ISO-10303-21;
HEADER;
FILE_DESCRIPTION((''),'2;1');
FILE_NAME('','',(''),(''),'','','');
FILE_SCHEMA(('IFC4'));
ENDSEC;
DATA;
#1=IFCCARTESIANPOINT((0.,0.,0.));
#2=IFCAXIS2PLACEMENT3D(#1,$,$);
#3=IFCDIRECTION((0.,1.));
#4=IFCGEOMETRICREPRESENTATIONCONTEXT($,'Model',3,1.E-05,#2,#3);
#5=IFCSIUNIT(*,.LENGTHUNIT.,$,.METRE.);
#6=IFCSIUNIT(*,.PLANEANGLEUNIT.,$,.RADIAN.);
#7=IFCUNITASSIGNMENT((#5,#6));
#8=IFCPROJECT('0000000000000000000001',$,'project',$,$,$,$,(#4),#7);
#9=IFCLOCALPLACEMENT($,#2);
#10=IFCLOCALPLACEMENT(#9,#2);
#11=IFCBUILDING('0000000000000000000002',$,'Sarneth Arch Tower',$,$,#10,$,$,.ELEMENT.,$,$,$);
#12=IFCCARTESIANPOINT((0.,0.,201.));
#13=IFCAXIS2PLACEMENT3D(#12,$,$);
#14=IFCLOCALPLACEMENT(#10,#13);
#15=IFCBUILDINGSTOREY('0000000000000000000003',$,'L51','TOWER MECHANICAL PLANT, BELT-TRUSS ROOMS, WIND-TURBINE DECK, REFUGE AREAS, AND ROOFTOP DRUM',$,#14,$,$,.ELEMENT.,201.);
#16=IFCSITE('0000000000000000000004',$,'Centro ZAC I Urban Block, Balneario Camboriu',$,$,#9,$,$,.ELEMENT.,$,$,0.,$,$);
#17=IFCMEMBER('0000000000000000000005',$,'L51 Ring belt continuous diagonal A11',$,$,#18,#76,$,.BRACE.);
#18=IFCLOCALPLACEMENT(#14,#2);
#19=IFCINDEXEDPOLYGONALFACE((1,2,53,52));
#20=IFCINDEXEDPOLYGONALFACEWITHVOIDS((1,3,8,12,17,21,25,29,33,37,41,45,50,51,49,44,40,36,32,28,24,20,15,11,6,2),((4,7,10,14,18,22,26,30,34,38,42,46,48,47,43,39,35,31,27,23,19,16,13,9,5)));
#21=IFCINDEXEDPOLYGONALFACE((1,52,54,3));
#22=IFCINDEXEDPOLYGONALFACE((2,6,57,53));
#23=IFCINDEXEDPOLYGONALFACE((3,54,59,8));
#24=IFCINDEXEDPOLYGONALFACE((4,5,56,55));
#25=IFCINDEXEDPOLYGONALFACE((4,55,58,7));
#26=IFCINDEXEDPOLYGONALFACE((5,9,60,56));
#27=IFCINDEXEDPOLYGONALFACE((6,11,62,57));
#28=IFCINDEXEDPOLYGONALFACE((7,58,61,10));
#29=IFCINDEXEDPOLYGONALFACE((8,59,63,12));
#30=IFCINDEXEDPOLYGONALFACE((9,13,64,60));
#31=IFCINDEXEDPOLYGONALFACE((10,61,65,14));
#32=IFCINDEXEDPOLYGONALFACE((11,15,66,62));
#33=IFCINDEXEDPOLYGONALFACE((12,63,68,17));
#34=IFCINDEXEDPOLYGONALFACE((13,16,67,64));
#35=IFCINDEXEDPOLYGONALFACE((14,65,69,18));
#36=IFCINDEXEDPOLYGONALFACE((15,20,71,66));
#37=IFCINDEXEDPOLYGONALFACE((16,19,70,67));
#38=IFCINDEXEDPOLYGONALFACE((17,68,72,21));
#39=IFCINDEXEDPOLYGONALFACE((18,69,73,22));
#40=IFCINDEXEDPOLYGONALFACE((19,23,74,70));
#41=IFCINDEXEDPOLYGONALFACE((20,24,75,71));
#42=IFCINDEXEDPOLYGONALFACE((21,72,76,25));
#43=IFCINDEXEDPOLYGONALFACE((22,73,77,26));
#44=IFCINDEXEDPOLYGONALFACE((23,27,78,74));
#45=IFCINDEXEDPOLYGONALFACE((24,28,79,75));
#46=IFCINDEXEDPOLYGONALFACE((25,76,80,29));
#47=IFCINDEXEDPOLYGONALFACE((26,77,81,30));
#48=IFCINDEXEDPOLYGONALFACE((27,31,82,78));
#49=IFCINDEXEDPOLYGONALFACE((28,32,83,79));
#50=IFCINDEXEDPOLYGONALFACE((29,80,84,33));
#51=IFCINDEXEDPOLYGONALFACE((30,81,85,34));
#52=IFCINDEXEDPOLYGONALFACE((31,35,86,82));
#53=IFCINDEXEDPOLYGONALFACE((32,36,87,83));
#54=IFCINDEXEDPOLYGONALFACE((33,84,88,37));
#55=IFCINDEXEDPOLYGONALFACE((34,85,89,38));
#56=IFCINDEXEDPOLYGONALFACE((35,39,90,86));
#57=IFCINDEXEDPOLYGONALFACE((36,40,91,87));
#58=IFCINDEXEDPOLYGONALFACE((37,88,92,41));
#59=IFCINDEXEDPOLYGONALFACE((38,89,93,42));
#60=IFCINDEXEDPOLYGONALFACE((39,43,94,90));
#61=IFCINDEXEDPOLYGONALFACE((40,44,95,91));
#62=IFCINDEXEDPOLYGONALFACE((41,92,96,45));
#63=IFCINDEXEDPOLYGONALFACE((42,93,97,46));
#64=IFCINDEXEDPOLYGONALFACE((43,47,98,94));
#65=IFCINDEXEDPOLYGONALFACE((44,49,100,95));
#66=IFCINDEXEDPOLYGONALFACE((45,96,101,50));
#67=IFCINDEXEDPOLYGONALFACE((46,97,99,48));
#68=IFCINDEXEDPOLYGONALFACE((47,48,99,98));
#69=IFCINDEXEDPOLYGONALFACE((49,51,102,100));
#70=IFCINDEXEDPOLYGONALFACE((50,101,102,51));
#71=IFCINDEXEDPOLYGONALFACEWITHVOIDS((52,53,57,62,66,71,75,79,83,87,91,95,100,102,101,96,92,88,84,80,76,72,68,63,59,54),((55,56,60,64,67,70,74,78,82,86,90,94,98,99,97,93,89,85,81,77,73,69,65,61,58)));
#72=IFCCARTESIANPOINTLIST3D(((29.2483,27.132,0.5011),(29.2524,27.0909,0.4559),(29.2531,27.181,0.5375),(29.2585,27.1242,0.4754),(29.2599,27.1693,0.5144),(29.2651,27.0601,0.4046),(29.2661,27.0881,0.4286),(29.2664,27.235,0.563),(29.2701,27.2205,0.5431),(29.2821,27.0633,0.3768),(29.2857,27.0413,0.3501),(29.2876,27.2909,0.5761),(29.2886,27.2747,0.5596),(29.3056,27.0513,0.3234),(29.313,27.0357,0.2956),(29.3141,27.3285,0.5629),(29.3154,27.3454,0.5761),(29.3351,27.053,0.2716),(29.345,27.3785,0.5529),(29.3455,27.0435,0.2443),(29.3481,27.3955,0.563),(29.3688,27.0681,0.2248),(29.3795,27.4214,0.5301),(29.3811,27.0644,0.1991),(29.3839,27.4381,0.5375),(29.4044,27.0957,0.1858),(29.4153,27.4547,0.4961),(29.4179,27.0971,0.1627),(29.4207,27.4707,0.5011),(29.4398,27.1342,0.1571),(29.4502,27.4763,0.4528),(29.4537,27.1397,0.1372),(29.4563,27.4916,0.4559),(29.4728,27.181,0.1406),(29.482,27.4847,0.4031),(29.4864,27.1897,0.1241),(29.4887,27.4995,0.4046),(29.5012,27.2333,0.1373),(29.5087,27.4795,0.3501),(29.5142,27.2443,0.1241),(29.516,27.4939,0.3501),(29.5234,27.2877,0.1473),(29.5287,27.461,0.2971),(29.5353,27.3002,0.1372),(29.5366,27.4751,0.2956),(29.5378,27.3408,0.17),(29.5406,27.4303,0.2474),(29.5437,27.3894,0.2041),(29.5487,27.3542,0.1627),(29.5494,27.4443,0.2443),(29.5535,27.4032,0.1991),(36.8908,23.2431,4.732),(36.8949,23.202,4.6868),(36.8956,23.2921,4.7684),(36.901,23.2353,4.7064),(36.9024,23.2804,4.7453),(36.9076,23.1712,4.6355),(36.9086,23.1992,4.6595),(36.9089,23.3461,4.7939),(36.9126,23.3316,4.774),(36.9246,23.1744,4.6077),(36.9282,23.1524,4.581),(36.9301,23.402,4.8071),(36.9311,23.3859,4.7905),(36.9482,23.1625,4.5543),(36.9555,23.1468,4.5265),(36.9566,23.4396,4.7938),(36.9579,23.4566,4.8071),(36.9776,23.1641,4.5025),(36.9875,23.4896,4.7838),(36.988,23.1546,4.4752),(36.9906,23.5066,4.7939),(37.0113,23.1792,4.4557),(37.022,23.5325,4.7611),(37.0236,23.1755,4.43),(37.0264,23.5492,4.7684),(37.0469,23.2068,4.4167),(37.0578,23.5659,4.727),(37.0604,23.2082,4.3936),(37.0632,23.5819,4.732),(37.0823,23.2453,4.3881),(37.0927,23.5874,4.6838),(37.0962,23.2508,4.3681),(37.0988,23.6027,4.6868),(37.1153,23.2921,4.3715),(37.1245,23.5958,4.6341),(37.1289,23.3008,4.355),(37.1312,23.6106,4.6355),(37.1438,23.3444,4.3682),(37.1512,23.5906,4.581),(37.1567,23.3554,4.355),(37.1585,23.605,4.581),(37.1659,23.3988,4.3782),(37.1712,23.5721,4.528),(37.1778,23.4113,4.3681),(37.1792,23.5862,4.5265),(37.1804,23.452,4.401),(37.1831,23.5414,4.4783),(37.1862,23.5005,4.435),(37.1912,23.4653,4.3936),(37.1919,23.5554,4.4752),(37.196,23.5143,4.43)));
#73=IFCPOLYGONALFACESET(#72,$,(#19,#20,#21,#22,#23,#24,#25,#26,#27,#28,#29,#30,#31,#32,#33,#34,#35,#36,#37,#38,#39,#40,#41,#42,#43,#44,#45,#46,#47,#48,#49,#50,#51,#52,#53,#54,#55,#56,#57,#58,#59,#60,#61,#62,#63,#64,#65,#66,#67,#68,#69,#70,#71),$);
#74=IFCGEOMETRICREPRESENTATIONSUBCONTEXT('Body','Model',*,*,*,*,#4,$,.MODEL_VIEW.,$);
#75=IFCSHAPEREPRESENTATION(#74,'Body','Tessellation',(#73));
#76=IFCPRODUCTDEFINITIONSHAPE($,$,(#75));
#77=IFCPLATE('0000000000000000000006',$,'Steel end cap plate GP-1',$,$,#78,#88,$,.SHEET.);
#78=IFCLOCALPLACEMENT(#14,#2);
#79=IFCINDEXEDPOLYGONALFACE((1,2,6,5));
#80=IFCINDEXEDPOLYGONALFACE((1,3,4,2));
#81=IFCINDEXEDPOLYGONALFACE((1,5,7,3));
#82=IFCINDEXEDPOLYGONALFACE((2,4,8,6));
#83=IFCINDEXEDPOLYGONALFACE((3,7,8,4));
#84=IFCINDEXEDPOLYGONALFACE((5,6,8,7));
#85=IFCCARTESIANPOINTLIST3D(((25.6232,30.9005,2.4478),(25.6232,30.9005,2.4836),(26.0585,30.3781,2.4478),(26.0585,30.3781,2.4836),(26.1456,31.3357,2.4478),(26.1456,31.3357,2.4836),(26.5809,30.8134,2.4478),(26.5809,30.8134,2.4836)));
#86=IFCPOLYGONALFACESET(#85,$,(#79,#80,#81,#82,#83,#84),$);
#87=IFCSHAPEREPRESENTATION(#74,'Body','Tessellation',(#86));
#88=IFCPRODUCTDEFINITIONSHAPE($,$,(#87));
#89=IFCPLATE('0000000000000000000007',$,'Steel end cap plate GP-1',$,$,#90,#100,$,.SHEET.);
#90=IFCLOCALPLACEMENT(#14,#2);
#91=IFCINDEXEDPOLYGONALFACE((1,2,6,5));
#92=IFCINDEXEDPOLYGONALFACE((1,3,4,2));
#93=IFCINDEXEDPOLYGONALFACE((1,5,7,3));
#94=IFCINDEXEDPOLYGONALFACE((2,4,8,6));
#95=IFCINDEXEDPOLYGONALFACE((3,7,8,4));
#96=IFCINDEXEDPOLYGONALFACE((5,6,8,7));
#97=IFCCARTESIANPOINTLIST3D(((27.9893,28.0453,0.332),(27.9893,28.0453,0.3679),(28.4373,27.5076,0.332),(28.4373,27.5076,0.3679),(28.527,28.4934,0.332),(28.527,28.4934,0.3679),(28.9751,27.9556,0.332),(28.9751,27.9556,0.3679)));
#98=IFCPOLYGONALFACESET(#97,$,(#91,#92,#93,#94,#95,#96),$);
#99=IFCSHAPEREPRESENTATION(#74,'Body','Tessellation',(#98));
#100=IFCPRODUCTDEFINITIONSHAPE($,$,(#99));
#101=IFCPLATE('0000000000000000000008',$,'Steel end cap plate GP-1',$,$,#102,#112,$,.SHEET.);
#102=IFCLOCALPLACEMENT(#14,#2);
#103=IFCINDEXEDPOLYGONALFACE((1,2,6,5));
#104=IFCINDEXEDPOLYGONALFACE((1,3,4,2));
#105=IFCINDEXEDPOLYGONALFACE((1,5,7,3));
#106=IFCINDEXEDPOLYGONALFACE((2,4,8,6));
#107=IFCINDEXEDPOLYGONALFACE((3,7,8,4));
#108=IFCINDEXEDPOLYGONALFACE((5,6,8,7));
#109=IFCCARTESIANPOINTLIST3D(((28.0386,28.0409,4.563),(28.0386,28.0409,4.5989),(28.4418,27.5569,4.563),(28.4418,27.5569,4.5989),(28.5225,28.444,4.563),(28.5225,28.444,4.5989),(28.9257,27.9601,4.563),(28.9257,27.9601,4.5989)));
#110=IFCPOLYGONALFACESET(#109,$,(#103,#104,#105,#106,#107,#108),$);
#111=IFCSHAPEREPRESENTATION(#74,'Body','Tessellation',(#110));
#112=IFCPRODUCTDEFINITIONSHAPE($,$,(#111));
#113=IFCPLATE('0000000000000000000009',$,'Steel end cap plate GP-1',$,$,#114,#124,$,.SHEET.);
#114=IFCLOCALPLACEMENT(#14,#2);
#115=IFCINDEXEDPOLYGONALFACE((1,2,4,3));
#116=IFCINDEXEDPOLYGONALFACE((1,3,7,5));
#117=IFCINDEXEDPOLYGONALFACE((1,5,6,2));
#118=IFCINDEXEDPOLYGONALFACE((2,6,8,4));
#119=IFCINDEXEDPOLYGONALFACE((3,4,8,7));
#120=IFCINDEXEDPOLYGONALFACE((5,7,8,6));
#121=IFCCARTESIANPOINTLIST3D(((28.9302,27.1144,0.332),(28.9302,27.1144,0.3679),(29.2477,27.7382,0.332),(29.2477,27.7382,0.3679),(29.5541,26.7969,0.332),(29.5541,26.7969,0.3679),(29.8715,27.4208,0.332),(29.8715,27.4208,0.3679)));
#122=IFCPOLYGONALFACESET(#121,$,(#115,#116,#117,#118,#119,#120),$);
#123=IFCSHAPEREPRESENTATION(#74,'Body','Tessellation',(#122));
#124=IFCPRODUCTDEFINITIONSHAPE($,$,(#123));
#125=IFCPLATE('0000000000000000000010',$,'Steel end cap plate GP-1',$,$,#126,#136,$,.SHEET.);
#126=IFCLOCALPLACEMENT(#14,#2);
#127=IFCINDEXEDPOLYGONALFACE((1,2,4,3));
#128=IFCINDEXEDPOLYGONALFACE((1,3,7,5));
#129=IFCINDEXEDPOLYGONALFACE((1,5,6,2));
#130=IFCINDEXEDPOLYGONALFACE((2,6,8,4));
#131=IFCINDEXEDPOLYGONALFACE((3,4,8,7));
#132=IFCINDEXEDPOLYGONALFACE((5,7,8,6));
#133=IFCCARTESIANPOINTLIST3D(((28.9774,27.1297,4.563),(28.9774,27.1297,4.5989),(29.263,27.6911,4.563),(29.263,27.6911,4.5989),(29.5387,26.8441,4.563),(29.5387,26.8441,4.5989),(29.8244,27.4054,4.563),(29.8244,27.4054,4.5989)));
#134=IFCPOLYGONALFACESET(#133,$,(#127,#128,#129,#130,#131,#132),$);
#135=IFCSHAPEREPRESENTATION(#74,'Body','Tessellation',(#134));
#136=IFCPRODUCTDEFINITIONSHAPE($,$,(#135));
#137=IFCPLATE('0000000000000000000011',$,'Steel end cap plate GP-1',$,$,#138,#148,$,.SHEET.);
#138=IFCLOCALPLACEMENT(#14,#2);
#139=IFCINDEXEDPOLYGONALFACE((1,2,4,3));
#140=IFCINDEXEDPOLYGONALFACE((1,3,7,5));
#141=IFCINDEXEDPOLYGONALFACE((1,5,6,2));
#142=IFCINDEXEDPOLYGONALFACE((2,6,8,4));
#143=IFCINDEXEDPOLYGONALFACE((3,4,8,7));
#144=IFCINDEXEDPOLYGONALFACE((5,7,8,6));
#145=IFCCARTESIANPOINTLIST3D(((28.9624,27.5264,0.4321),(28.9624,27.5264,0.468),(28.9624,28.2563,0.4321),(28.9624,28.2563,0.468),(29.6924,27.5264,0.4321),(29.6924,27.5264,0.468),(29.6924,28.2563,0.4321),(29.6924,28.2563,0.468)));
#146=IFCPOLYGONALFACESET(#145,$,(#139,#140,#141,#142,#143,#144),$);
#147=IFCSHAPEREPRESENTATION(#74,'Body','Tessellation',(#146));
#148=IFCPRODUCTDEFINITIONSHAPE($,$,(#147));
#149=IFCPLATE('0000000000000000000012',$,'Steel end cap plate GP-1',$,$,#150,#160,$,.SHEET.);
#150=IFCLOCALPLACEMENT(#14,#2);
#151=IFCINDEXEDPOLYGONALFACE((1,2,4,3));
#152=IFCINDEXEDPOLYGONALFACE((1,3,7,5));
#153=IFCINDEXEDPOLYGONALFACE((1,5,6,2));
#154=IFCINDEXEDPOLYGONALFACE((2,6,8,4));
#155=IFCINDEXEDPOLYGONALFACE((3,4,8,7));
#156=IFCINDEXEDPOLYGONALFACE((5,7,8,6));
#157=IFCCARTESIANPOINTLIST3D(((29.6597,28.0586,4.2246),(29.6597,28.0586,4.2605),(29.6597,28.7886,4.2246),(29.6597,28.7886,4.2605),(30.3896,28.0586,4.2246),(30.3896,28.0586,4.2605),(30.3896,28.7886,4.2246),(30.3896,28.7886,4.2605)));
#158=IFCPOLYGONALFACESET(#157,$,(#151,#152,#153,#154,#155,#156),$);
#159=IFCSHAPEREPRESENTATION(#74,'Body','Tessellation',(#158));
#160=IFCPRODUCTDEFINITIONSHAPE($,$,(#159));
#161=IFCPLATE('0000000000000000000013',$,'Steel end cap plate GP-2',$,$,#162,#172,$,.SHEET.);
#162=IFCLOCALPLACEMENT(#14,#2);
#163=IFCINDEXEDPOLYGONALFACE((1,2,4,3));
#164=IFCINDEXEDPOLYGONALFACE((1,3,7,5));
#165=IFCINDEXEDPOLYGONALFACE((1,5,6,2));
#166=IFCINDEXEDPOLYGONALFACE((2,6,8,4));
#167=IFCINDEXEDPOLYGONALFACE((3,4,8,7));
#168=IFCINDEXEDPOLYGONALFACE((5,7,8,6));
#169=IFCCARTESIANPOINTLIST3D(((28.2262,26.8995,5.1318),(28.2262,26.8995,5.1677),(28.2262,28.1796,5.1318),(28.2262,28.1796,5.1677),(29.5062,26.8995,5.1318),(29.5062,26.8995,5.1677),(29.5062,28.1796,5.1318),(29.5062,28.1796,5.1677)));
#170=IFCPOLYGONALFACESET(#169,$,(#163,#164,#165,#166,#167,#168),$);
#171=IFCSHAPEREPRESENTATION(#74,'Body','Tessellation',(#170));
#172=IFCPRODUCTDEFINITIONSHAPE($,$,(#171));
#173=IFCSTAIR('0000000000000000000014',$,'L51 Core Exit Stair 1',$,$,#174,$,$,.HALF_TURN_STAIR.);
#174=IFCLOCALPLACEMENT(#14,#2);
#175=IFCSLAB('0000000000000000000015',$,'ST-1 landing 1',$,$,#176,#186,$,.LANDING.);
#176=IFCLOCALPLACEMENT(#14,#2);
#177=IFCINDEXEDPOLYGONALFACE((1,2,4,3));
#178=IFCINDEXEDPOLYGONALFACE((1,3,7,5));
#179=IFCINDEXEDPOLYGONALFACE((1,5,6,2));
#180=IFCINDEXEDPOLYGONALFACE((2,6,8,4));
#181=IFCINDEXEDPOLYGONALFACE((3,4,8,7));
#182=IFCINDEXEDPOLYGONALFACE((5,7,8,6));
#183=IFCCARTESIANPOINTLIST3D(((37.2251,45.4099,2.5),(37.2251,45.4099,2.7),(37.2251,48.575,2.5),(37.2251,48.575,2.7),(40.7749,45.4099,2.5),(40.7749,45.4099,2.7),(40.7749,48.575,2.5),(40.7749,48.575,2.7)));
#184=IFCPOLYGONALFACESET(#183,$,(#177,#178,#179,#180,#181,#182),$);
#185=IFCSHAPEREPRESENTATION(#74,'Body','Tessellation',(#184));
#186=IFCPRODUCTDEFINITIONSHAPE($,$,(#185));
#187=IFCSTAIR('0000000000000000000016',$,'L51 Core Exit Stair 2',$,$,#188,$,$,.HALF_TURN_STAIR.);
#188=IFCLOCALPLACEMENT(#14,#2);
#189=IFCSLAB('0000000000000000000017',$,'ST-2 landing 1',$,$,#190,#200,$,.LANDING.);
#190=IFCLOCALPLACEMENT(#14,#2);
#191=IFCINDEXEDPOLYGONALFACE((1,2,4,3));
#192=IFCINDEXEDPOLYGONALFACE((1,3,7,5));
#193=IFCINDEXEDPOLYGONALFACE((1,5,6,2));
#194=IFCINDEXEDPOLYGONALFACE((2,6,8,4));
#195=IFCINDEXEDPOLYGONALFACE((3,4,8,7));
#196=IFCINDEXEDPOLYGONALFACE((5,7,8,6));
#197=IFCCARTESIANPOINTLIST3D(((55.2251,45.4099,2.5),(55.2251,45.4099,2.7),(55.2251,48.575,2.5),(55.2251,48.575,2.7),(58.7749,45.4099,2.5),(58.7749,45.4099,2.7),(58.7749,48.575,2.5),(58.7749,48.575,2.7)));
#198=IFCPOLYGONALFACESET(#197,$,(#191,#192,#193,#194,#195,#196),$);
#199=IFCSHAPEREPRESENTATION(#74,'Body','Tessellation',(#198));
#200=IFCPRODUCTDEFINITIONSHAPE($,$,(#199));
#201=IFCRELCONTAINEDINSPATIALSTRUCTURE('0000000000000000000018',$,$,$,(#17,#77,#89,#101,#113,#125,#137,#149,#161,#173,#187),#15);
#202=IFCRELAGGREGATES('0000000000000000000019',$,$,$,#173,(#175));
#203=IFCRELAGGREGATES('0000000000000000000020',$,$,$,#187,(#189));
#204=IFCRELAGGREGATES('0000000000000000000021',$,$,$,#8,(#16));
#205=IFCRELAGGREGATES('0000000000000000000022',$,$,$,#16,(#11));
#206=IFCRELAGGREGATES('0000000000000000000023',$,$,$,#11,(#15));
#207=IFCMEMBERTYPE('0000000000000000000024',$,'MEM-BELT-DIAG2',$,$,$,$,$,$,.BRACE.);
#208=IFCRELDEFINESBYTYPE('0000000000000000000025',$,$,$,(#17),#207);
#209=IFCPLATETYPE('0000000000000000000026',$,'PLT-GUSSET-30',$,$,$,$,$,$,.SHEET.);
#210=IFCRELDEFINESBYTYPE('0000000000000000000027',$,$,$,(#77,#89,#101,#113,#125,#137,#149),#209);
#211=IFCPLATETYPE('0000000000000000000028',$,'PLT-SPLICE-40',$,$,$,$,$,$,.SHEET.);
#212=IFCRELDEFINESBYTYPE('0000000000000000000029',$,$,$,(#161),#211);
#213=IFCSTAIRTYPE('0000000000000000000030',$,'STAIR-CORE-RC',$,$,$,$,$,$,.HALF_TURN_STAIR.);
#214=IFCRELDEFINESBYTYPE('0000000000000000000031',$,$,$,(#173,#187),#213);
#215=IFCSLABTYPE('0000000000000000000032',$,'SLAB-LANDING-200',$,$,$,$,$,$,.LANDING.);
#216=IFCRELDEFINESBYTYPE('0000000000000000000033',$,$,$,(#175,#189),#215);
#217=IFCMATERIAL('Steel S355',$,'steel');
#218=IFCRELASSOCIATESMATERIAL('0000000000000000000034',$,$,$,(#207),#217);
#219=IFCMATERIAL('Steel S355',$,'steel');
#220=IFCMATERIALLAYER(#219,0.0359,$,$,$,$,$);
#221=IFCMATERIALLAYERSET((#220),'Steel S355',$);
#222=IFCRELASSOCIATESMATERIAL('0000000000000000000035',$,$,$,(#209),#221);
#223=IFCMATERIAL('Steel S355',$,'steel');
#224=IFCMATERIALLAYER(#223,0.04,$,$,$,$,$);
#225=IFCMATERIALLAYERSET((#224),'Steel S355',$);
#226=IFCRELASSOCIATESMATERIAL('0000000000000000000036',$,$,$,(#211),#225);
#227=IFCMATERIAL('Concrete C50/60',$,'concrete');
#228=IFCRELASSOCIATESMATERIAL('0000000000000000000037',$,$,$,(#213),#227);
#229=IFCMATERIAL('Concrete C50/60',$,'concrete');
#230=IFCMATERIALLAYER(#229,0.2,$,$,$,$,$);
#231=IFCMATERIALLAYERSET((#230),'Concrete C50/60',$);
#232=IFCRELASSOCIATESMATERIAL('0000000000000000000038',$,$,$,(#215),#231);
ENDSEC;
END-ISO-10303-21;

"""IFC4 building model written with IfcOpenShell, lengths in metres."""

from ifc_helpers import new_model, si_unit, direction, frame, origin, origin_2d, place, context, subcontext, project, spatial, polyline, rectangle, hollow_circle, outline, extrude, material, layer, layer_set, material_profile, profile_set, type_object, element, aggregate, save


model = new_model("IFC4")

# Units and contexts
model_context = context("Model", 3, precision=1e-05, world=origin(), true_north=direction((0.0, 1.0)))
body_context = subcontext(model_context, "Body", "Model", "MODEL_VIEW")
ifc_project = project(units=[si_unit("LENGTHUNIT", "METRE"), si_unit("PLANEANGLEUNIT", "RADIAN")], contexts=[model_context])

# Site, building, storey
site_placement = place(None, origin())
site = spatial("IfcSite", under=ifc_project, at=site_placement, Name="Centro ZAC I Urban Block, Balneario Camboriu", CompositionType="ELEMENT", RefElevation=0.0)
building_placement = place(site_placement, origin())
building = spatial("IfcBuilding", under=site, at=building_placement, Name="Sarneth Arch Tower", CompositionType="ELEMENT")
storey_placement = place(building_placement, frame((0.0, 0.0, 201.0)))
storey = spatial("IfcBuildingStorey", under=building, at=storey_placement, Name="L51", Description="TOWER MECHANICAL PLANT, BELT-TRUSS ROOMS, WIND-TURBINE DECK, REFUGE AREAS, AND ROOFTOP DRUM", CompositionType="ELEMENT", Elevation=201.0)

# Member
ifc_material_1 = material(Name="Steel S355", Category="steel")
ifc_material_profile_1 = material_profile(ifc_material_1, hollow_circle(Radius=0.2539, WallThickness=0.0161, at=origin_2d()), Name="CHS508x16")
ifc_profile_set_1 = profile_set([ifc_material_profile_1], Name="Steel S355")
member_type_1 = type_object("IfcMemberType", Name="MEM-BELT-DIAG2", PredefinedType="BRACE", material=ifc_profile_set_1)
member_1_placement = place(storey_placement, frame((29.4009, 27.2676, 0.3501), z_axis=(0.799258, -0.406701, 0.442472), x_axis=(0.453512, 0.89125, 0.0)))
element("IfcMember", 1, at=member_1_placement, inside=storey, type_object=member_type_1, Name="L51 Ring belt continuous diagonal A11", PredefinedType="BRACE", context=body_context, shape_type="SweptSolid", body=[
    extrude(hollow_circle(Radius=0.2539, WallThickness=0.0161, at=origin_2d()), origin(), (0.0, 0.0, 1.0), 9.562),
])

# Plates
ifc_material_2 = material(Name="Steel S355", Category="steel")
ifc_layer_1 = layer(ifc_material_2, 0.0359)
ifc_layer_set_1 = layer_set([ifc_layer_1], Name="Steel S355")
plate_type_1 = type_object("IfcPlateType", Name="PLT-GUSSET-30", PredefinedType="SHEET", material=ifc_layer_set_1)
plate_1_placement = place(storey_placement, frame((26.1021, 30.8569, 2.4478), z_axis=(0.0, 0.0, 1.0), x_axis=(0.64011, -0.768284, 0.0)))
element("IfcPlate", 2, at=plate_1_placement, inside=storey, type_object=plate_type_1, Name="Steel end cap plate GP-1", PredefinedType="SHEET", context=body_context, shape_type="SweptSolid", body=[
    extrude(rectangle(XDim=0.6799, YDim=0.6799, at=origin_2d()), origin(), (0.0, 0.0, 1.0), 0.0359),
])
plate_2_placement = place(storey_placement, frame((28.4822, 28.0005, 0.332), z_axis=(0.0, 0.0, 1.0), x_axis=(0.64011, -0.768284, 0.0)))
element("IfcPlate", 3, at=plate_2_placement, inside=storey, type_object=plate_type_1, Name="Steel end cap plate GP-1", PredefinedType="SHEET", context=body_context, shape_type="SweptSolid", body=[
    extrude(rectangle(XDim=0.7, YDim=0.7, at=origin_2d()), origin(), (0.0, 0.0, 1.0), 0.0359),
])
plate_3_placement = place(storey_placement, frame((28.4822, 28.0005, 4.563), z_axis=(0.0, 0.0, 1.0), x_axis=(0.64011, -0.768284, 0.0)))
element("IfcPlate", 4, at=plate_3_placement, inside=storey, type_object=plate_type_1, Name="Steel end cap plate GP-1", PredefinedType="SHEET", context=body_context, shape_type="SweptSolid", body=[
    extrude(rectangle(XDim=0.6299, YDim=0.6299, at=origin_2d()), origin(), (0.0, 0.0, 1.0), 0.0359),
])
plate_4_placement = place(storey_placement, frame((29.4009, 27.2676, 0.332), z_axis=(0.0, 0.0, 1.0), x_axis=(-0.891244, 0.453524, 0.0)))
element("IfcPlate", 5, at=plate_4_placement, inside=storey, type_object=plate_type_1, Name="Steel end cap plate GP-1", PredefinedType="SHEET", context=body_context, shape_type="SweptSolid", body=[
    extrude(rectangle(XDim=0.7, YDim=0.7, at=origin_2d()), origin(), (0.0, 0.0, 1.0), 0.0359),
])
plate_5_placement = place(storey_placement, frame((29.4009, 27.2676, 4.563), z_axis=(0.0, 0.0, 1.0), x_axis=(-0.891244, 0.453524, 0.0)))
element("IfcPlate", 6, at=plate_5_placement, inside=storey, type_object=plate_type_1, Name="Steel end cap plate GP-1", PredefinedType="SHEET", context=body_context, shape_type="SweptSolid", body=[
    extrude(rectangle(XDim=0.6299, YDim=0.6299, at=origin_2d()), origin(), (0.0, 0.0, 1.0), 0.0359),
])
for number, where, z_axis, x_axis, name in (
    (7, (29.3274, 27.8914, 0.4321), (0.0, 0.0, 1.0), (1.0, 0.0, 0.0), "Steel end cap plate GP-1"),
    (8, (30.0247, 28.4236, 4.2246), (0.0, 0.0, 1.0), (1.0, 0.0, 0.0), "Steel end cap plate GP-1"),
):
    element("IfcPlate", number, at=place(storey_placement, frame(where, z_axis=z_axis, x_axis=x_axis)), inside=storey, type_object=plate_type_1, Name=name, PredefinedType="SHEET", context=body_context, shape_type="SweptSolid", body=[
        extrude(rectangle(XDim=0.73, YDim=0.73, at=origin_2d()), origin(), (0.0, 0.0, 1.0), 0.0359),
    ])
ifc_material_3 = material(Name="Steel S355", Category="steel")
ifc_layer_2 = layer(ifc_material_3, 0.04)
ifc_layer_set_2 = layer_set([ifc_layer_2], Name="Steel S355")
plate_type_2 = type_object("IfcPlateType", Name="PLT-SPLICE-40", PredefinedType="SHEET", material=ifc_layer_set_2)
plate_6_placement = place(storey_placement, frame((28.8662, 27.5396, 5.1318), z_axis=(0.0, 0.0, 1.0), x_axis=(1.0, 0.0, 0.0)))
element("IfcPlate", 9, at=plate_6_placement, inside=storey, type_object=plate_type_2, Name="Steel end cap plate GP-2", PredefinedType="SHEET", context=body_context, shape_type="SweptSolid", body=[
    extrude(rectangle(XDim=1.28, YDim=1.28, at=origin_2d()), origin(), (0.0, 0.0, 1.0), 0.0359),
])

# Stairs, slabs
ifc_material_4 = material(Name="Concrete C50/60", Category="concrete")
stair_type = type_object("IfcStairType", Name="STAIR-CORE-RC", PredefinedType="HALF_TURN_STAIR", material=ifc_material_4)
stair_1_placement = place(storey_placement, origin())
stair_1 = element("IfcStair", 10, at=stair_1_placement, inside=storey, type_object=stair_type, Name="L51 Core Exit Stair 1", PredefinedType="HALF_TURN_STAIR")
ifc_material_5 = material(Name="Concrete C50/60", Category="concrete")
ifc_layer_3 = layer(ifc_material_5, 0.2)
ifc_layer_set_3 = layer_set([ifc_layer_3], Name="Concrete C50/60")
slab_type_1 = type_object("IfcSlabType", Name="SLAB-LANDING-200", PredefinedType="LANDING", material=ifc_layer_set_3)
slab_1_placement = place(storey_placement, frame((0.0, 0.0, 2.5)))
slab_1 = element("IfcSlab", 11, at=slab_1_placement, type_object=slab_type_1, Name="ST-1 landing 1", PredefinedType="LANDING", context=body_context, shape_type="SweptSolid", body=[
    extrude(outline(polyline([(37.2251, 45.4099), (40.7749, 45.4099), (40.7749, 48.575), (37.2251, 48.575), (37.2251, 45.4099)])), origin(), (0.0, 0.0, 1.0), 0.2),
])
aggregate(stair_1, [slab_1])
stair_2_placement = place(storey_placement, origin())
stair_2 = element("IfcStair", 12, at=stair_2_placement, inside=storey, type_object=stair_type, Name="L51 Core Exit Stair 2", PredefinedType="HALF_TURN_STAIR")
slab_2_placement = place(storey_placement, frame((0.0, 0.0, 2.5)))
slab_2 = element("IfcSlab", 13, at=slab_2_placement, type_object=slab_type_1, Name="ST-2 landing 1", PredefinedType="LANDING", context=body_context, shape_type="SweptSolid", body=[
    extrude(outline(polyline([(55.2251, 45.4099), (58.7749, 45.4099), (58.7749, 48.575), (55.2251, 48.575), (55.2251, 45.4099)])), origin(), (0.0, 0.0, 1.0), 0.2),
])
aggregate(stair_2, [slab_2])

save(model, "model.ifc")
